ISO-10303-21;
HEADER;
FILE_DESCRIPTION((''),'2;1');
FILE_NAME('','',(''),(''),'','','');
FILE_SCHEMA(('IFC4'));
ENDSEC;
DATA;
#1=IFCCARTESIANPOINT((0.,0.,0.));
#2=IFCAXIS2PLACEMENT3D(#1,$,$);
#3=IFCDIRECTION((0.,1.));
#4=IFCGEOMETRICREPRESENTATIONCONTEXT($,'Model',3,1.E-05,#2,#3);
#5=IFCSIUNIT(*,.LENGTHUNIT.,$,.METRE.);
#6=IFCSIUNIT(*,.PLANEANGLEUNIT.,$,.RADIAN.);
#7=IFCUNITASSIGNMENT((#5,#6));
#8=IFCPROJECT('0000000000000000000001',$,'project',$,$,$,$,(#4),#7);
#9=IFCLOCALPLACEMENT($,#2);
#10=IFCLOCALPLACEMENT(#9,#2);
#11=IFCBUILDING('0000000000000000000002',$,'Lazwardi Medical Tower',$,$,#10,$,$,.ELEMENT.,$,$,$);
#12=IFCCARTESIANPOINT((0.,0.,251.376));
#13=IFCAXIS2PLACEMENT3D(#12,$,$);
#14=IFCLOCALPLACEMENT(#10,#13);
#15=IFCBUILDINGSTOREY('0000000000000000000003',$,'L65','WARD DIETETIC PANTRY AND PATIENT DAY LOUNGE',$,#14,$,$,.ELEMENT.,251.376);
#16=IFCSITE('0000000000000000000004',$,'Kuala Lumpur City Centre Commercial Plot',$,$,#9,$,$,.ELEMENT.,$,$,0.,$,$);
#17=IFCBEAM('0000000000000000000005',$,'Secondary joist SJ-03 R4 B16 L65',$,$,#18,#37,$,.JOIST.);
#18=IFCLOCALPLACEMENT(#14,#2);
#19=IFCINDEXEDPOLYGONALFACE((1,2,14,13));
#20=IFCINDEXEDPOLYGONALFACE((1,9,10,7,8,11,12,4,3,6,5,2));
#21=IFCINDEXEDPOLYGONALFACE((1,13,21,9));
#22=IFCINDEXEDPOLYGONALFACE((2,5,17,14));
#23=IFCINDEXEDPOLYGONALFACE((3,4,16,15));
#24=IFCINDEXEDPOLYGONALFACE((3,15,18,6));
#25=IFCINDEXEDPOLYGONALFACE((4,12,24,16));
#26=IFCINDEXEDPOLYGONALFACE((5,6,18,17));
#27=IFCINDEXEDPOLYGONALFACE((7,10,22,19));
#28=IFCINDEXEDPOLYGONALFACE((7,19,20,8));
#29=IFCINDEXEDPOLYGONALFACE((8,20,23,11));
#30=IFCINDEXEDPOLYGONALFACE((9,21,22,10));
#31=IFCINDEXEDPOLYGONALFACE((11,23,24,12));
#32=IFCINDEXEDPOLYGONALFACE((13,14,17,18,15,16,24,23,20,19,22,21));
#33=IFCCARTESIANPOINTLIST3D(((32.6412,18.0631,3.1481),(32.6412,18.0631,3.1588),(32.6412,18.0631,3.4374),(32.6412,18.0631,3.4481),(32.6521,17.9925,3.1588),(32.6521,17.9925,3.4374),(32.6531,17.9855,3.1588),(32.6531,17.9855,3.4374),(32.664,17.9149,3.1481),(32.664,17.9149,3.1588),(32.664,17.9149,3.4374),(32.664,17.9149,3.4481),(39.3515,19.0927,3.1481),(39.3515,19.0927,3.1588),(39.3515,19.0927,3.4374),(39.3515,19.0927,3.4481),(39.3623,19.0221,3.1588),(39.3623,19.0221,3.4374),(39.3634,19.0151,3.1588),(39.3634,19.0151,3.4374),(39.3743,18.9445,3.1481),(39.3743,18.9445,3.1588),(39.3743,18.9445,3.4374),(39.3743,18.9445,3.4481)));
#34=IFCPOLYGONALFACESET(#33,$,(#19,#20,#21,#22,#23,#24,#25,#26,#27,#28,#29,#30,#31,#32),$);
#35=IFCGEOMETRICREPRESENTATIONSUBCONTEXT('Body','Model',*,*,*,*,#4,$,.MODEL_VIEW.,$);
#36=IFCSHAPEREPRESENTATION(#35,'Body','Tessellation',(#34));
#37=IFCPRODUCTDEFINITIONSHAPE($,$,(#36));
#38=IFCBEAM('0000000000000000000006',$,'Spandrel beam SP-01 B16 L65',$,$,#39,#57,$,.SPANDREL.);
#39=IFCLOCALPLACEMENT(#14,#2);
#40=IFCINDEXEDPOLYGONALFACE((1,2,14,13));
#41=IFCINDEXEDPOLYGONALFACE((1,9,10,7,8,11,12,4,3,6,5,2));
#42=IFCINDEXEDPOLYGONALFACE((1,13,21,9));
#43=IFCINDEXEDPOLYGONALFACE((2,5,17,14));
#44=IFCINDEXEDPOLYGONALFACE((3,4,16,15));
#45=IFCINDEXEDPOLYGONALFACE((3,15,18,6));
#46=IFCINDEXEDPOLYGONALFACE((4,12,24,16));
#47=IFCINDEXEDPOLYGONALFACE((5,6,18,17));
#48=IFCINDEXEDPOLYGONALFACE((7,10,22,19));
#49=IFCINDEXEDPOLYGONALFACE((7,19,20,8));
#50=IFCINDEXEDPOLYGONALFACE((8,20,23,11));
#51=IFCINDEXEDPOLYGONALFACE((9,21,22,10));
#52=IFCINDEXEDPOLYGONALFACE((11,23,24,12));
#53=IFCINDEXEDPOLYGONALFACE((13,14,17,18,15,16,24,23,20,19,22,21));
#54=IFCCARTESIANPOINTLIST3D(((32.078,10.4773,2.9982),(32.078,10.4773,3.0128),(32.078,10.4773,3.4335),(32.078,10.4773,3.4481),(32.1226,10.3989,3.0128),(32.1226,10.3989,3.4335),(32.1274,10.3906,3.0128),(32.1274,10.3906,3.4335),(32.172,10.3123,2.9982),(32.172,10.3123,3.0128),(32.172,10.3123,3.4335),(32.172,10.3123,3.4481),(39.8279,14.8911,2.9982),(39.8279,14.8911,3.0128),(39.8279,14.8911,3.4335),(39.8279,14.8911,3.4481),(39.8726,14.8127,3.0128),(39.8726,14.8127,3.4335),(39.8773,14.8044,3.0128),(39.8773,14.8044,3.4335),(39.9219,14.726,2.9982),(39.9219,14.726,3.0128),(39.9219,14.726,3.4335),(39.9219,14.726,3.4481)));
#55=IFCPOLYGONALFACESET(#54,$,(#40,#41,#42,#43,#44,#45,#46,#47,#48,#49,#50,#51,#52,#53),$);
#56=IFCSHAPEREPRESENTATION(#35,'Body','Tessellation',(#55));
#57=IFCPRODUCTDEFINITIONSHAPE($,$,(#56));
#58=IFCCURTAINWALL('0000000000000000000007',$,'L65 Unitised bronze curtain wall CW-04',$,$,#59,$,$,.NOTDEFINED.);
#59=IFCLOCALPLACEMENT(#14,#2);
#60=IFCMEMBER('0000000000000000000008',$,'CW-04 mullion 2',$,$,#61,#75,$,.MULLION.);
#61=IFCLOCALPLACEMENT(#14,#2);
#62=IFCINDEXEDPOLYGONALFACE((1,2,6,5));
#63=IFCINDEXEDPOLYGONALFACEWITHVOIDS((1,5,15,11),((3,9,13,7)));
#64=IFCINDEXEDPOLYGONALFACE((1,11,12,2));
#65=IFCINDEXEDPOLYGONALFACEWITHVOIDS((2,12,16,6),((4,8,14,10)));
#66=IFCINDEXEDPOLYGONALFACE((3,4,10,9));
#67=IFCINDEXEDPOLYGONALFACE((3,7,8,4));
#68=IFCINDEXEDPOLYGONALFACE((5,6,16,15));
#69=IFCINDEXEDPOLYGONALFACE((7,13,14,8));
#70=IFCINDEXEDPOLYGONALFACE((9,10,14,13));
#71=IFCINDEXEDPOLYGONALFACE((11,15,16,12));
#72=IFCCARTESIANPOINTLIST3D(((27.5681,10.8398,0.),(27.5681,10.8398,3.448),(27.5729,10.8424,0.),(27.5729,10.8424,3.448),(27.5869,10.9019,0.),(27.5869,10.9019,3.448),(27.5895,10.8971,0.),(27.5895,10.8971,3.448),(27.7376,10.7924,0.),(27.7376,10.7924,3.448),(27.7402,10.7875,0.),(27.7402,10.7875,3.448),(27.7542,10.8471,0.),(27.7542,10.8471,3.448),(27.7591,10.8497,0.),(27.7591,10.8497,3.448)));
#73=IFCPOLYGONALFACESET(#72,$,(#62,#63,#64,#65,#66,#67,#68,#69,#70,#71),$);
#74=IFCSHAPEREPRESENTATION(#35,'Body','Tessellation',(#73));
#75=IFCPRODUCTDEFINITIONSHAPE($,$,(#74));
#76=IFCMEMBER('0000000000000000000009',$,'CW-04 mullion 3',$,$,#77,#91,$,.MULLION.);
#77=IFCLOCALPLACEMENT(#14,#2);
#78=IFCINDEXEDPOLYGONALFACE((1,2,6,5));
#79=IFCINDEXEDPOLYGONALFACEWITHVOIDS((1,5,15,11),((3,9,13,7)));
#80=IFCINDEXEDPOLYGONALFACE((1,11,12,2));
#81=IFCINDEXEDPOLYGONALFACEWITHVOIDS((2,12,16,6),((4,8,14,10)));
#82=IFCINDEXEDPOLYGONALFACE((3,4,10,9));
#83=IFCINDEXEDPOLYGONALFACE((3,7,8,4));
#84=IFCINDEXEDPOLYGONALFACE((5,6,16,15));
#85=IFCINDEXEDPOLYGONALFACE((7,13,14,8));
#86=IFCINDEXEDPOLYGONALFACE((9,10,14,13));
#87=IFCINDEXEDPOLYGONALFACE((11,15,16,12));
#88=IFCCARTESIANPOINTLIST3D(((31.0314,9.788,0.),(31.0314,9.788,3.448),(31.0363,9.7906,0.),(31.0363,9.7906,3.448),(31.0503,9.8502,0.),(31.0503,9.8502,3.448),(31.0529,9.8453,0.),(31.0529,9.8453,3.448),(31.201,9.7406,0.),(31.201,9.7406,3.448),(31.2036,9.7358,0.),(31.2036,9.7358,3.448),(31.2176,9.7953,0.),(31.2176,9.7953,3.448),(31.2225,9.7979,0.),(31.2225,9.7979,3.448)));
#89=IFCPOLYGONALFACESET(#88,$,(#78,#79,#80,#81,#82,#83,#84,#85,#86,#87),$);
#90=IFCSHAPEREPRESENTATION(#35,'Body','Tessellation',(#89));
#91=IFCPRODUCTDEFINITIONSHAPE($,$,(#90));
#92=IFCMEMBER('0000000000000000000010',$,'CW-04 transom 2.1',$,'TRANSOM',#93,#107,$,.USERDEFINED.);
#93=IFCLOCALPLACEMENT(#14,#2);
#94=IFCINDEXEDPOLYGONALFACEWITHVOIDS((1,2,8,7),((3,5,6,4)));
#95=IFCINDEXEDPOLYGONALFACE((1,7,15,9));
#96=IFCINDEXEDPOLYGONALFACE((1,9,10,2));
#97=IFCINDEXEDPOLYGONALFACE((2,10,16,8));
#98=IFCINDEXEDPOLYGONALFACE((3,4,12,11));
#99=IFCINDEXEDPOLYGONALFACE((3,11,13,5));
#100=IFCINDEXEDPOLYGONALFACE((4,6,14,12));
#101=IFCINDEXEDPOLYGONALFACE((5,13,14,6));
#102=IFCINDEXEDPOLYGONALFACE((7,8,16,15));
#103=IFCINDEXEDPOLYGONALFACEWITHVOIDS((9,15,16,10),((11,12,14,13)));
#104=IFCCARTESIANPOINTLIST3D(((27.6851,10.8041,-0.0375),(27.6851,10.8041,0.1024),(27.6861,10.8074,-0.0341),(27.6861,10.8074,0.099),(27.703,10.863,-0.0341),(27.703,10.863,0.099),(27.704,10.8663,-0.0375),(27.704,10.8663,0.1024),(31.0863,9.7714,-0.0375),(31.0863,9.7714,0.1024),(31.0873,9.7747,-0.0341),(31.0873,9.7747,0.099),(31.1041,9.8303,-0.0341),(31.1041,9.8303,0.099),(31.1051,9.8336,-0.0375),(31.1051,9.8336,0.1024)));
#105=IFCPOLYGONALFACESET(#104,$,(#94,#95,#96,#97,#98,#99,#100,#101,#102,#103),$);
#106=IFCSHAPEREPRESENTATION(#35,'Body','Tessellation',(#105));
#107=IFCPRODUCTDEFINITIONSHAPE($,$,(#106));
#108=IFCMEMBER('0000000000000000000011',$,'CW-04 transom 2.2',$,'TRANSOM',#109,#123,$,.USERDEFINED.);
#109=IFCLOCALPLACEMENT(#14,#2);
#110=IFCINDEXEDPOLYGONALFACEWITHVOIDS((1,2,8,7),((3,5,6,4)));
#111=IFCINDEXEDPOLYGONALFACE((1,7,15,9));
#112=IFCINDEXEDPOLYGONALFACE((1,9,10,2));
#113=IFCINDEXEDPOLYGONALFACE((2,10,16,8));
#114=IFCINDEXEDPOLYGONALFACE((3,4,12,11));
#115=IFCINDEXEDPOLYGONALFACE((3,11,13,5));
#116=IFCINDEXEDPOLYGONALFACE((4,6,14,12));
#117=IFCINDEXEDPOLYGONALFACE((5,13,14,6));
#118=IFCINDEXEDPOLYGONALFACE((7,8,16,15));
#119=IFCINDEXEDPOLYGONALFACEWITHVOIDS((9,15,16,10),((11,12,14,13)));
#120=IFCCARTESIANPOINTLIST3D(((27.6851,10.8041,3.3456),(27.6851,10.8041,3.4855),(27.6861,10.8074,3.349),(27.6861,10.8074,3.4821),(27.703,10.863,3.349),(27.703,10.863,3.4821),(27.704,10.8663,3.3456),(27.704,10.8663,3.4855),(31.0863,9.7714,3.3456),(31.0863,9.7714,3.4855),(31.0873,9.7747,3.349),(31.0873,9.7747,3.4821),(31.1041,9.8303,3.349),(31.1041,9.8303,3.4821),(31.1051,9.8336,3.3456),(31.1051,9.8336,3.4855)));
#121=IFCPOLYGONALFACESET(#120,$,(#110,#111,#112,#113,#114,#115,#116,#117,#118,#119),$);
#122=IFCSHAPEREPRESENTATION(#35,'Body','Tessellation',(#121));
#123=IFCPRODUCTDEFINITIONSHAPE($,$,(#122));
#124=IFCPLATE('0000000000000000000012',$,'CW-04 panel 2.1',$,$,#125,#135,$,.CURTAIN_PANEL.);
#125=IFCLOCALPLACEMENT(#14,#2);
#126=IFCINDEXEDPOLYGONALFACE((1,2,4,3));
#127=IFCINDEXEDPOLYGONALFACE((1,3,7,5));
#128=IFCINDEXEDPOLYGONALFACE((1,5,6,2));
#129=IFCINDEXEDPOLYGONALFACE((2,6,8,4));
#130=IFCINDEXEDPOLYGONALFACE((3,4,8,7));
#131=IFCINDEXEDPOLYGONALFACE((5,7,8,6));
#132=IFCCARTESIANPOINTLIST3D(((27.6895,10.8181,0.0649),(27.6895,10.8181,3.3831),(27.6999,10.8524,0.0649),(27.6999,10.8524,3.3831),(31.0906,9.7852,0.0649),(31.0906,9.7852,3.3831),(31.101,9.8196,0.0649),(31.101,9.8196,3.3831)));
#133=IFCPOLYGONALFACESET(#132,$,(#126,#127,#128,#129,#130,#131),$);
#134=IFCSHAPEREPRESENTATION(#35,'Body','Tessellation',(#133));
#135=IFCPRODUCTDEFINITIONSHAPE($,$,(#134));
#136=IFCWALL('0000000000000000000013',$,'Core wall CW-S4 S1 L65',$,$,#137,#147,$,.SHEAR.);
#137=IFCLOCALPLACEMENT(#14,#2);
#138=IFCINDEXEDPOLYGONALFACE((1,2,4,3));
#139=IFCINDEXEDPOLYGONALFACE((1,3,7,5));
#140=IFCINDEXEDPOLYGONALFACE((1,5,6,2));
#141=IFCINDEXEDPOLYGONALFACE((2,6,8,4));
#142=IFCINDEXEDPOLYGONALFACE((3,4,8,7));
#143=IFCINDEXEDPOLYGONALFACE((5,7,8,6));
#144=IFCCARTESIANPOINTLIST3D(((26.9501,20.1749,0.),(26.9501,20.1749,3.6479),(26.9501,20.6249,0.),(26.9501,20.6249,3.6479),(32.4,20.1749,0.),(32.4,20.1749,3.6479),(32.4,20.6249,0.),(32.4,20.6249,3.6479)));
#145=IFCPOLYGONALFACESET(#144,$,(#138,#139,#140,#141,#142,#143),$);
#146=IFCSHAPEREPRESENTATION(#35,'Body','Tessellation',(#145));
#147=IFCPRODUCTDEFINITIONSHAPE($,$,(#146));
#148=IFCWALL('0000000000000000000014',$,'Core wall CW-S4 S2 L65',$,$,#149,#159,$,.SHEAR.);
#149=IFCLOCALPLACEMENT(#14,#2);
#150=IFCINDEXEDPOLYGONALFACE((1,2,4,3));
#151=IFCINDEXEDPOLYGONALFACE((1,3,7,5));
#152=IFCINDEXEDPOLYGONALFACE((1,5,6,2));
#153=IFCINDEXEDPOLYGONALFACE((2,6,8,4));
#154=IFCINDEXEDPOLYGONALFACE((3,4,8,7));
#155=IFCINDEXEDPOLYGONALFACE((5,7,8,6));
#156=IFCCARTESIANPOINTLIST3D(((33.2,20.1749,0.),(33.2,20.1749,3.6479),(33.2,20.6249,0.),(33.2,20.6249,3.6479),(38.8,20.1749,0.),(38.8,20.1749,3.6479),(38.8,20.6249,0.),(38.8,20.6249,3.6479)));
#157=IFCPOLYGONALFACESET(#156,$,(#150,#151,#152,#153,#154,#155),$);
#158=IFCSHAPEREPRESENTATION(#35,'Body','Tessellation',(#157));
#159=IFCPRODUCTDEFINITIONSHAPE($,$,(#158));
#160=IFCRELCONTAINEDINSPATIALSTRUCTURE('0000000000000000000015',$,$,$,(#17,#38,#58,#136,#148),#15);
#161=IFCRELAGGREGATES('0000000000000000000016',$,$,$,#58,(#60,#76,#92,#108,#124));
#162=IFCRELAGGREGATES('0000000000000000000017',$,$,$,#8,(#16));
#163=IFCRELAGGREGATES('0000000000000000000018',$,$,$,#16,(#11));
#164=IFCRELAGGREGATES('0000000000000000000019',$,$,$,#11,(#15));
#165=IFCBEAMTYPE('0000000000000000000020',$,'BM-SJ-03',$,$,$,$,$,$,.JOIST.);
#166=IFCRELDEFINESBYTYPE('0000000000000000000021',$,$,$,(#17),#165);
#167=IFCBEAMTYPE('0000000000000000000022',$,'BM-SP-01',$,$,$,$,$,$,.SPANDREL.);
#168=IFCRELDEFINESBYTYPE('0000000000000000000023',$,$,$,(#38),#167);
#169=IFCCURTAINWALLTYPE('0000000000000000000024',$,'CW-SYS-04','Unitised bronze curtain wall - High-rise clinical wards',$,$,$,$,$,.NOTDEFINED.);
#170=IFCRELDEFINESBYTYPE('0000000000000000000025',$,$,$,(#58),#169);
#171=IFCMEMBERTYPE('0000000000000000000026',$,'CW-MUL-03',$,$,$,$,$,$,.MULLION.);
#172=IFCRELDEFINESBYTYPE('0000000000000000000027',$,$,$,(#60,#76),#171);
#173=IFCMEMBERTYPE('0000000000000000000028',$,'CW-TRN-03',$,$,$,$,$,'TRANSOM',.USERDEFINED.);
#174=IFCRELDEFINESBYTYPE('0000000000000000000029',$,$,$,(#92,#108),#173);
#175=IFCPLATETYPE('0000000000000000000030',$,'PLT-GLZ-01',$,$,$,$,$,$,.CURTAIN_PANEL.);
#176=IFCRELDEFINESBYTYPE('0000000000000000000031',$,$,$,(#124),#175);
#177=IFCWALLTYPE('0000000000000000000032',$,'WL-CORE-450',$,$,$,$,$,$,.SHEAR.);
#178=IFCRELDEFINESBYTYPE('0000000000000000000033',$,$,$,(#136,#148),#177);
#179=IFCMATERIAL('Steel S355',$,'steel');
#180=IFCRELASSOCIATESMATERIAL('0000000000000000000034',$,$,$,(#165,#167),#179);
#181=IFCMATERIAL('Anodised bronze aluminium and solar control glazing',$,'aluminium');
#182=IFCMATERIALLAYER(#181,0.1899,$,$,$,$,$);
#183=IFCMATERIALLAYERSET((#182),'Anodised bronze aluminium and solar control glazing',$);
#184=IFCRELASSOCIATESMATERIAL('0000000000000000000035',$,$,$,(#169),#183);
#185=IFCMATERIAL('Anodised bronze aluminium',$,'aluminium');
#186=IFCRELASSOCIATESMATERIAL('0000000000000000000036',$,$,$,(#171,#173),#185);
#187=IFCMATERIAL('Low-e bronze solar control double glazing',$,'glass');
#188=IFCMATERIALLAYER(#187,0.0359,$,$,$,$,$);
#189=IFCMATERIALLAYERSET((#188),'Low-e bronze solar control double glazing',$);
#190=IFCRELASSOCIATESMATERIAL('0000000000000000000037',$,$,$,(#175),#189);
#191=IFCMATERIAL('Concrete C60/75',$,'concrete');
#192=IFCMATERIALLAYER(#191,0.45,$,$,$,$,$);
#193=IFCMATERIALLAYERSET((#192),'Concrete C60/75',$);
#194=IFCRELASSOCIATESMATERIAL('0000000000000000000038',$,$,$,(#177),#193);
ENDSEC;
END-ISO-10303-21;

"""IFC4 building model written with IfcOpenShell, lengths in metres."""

from ifc_helpers import new_model, si_unit, direction, frame, frame_2d, origin, origin_2d, place, context, subcontext, project, spatial, rectangle, hollow_rectangle, i_section, extrude, material, layer, layer_set, material_profile, profile_set, type_object, element, aggregate, save


model = new_model("IFC4")

# Units and contexts
model_context = context("Model", 3, precision=1e-05, world=origin(), true_north=direction((0.0, 1.0)))
body_context = subcontext(model_context, "Body", "Model", "MODEL_VIEW")
ifc_project = project(units=[si_unit("LENGTHUNIT", "METRE"), si_unit("PLANEANGLEUNIT", "RADIAN")], contexts=[model_context])

# Site, building, storey
site_placement = place(None, origin())
site = spatial("IfcSite", under=ifc_project, at=site_placement, Name="Kuala Lumpur City Centre Commercial Plot", CompositionType="ELEMENT", RefElevation=0.0)
building_placement = place(site_placement, origin())
building = spatial("IfcBuilding", under=site, at=building_placement, Name="Lazwardi Medical Tower", CompositionType="ELEMENT")
storey_placement = place(building_placement, frame((0.0, 0.0, 251.376)))
storey = spatial("IfcBuildingStorey", under=building, at=storey_placement, Name="L65", Description="WARD DIETETIC PANTRY AND PATIENT DAY LOUNGE", CompositionType="ELEMENT", Elevation=251.376)

# Shared definitions
ifc_material_1 = material(Name="Concrete C60/75", Category="concrete")

# Beams
ifc_material_2 = material(Name="Steel S355", Category="steel")
ifc_material_profile_1 = material_profile(ifc_material_2, i_section(OverallWidth=0.1499, OverallDepth=0.3, WebThickness=0.0071, FlangeThickness=0.0107, at=origin_2d()), Name="IPE 300")
ifc_profile_set_1 = profile_set([ifc_material_profile_1], Name="Steel S355")
beam_type_1 = type_object("IfcBeamType", Name="BM-SJ-03", PredefinedType="JOIST", material=ifc_profile_set_1)
beam_1_placement = place(storey_placement, frame((32.6526, 17.989, 3.2981), z_axis=(0.988434, 0.151655, 0.0), x_axis=(-0.151655, 0.988434, 0.0)))
element("IfcBeam", 1, at=beam_1_placement, inside=storey, type_object=beam_type_1, Name="Secondary joist SJ-03 R4 B16 L65", PredefinedType="JOIST", context=body_context, shape_type="SweptSolid", body=[
    extrude(i_section(OverallWidth=0.1499, OverallDepth=0.3, WebThickness=0.0071, FlangeThickness=0.0107, at=origin_2d()), origin(), (0.0, 0.0, 1.0), 6.7888),
])
ifc_material_profile_2 = material_profile(ifc_material_2, i_section(OverallWidth=0.1899, OverallDepth=0.45, WebThickness=0.0095, FlangeThickness=0.0146, at=origin_2d()), Name="IPE 450")
ifc_profile_set_2 = profile_set([ifc_material_profile_2], Name="Steel S355")
beam_type_2 = type_object("IfcBeamType", Name="BM-SP-01", PredefinedType="SPANDREL", material=ifc_profile_set_2)
beam_2_placement = place(storey_placement, frame((32.125, 10.3948, 3.2231), z_axis=(0.868955, 0.494891, 0.0), x_axis=(-0.494891, 0.868955, 0.0)))
element("IfcBeam", 2, at=beam_2_placement, inside=storey, type_object=beam_type_2, Name="Spandrel beam SP-01 B16 L65", PredefinedType="SPANDREL", context=body_context, shape_type="SweptSolid", body=[
    extrude(i_section(OverallWidth=0.1899, OverallDepth=0.45, WebThickness=0.0095, FlangeThickness=0.0146, at=origin_2d()), origin(), (0.0, 0.0, 1.0), 8.9187),
])

# Curtain wall, members, plate
ifc_material_3 = material(Name="Anodised bronze aluminium and solar control glazing", Category="aluminium")
ifc_layer_1 = layer(ifc_material_3, 0.1899)
ifc_layer_set_1 = layer_set([ifc_layer_1], Name="Anodised bronze aluminium and solar control glazing")
curtain_wall_type = type_object("IfcCurtainWallType", Name="CW-SYS-04", Description="Unitised bronze curtain wall - High-rise clinical wards", PredefinedType="NOTDEFINED", material=ifc_layer_set_1)
curtain_wall_placement = place(storey_placement, origin())
curtain_wall = element("IfcCurtainWall", 3, at=curtain_wall_placement, inside=storey, type_object=curtain_wall_type, Name="L65 Unitised bronze curtain wall CW-04", PredefinedType="NOTDEFINED")
ifc_material_4 = material(Name="Anodised bronze aluminium", Category="aluminium")
ifc_material_profile_3 = material_profile(ifc_material_4, hollow_rectangle(XDim=0.0649, YDim=0.1799, WallThickness=0.0039, at=origin_2d()), Name="ALU-MULLION 180x65x4")
ifc_profile_set_3 = profile_set([ifc_material_profile_3], Name="Anodised bronze aluminium")
member_type_1 = type_object("IfcMemberType", Name="CW-MUL-03", PredefinedType="MULLION", material=ifc_profile_set_3)
member_1_placement = place(storey_placement, frame((27.6636, 10.8447, 0.0), z_axis=(0.0, 0.0, 1.0), x_axis=(0.290582, 0.95685, 0.0)))
member_1 = element("IfcMember", 4, at=member_1_placement, type_object=member_type_1, Name="CW-04 mullion 2", PredefinedType="MULLION", context=body_context, shape_type="SweptSolid", body=[
    extrude(hollow_rectangle(XDim=0.0649, YDim=0.1799, WallThickness=0.0039, at=origin_2d()), origin(), (0.0, 0.0, 1.0), 3.448),
])
member_2_placement = place(storey_placement, frame((31.127, 9.793, 0.0), z_axis=(0.0, 0.0, 1.0), x_axis=(0.290582, 0.95685, 0.0)))
member_2 = element("IfcMember", 5, at=member_2_placement, type_object=member_type_1, Name="CW-04 mullion 3", PredefinedType="MULLION", context=body_context, shape_type="SweptSolid", body=[
    extrude(hollow_rectangle(XDim=0.0649, YDim=0.1799, WallThickness=0.0039, at=origin_2d()), origin(), (0.0, 0.0, 1.0), 3.448),
])
ifc_material_profile_4 = material_profile(ifc_material_4, hollow_rectangle(XDim=0.0649, YDim=0.1399, WallThickness=0.0034, at=origin_2d()), Name="ALU-TRANSOM 140x65x3.5")
ifc_profile_set_4 = profile_set([ifc_material_profile_4], Name="Anodised bronze aluminium")
member_type_2 = type_object("IfcMemberType", Name="CW-TRN-03", ElementType="TRANSOM", PredefinedType="USERDEFINED", material=ifc_profile_set_4)
member_3_placement = place(storey_placement, frame((27.6946, 10.8352, 0.0325), z_axis=(0.956863, -0.290541, 0.0), x_axis=(0.290541, 0.956863, 0.0)))
member_3 = element("IfcMember", 6, at=member_3_placement, type_object=member_type_2, Name="CW-04 transom 2.1", ObjectType="TRANSOM", PredefinedType="USERDEFINED", context=body_context, shape_type="SweptSolid", body=[
    extrude(hollow_rectangle(XDim=0.0649, YDim=0.1399, WallThickness=0.0034, at=origin_2d()), origin(), (0.0, 0.0, 1.0), 3.5544),
])
member_4_placement = place(storey_placement, frame((27.6946, 10.8352, 3.4155), z_axis=(0.956863, -0.290541, 0.0), x_axis=(0.290541, 0.956863, 0.0)))
member_4 = element("IfcMember", 7, at=member_4_placement, type_object=member_type_2, Name="CW-04 transom 2.2", ObjectType="TRANSOM", PredefinedType="USERDEFINED", context=body_context, shape_type="SweptSolid", body=[
    extrude(hollow_rectangle(XDim=0.0649, YDim=0.1399, WallThickness=0.0034, at=origin_2d()), origin(), (0.0, 0.0, 1.0), 3.5544),
])
ifc_material_5 = material(Name="Low-e bronze solar control double glazing", Category="glass")
ifc_layer_2 = layer(ifc_material_5, 0.0359)
ifc_layer_set_2 = layer_set([ifc_layer_2], Name="Low-e bronze solar control double glazing")
plate_type = type_object("IfcPlateType", Name="PLT-GLZ-01", PredefinedType="CURTAIN_PANEL", material=ifc_layer_set_2)
plate_placement = place(storey_placement, frame((29.3953, 10.3188, 0.0649), z_axis=(0.0, 0.0, 1.0), x_axis=(0.95685, -0.290582, 0.0)))
plate = element("IfcPlate", 8, at=plate_placement, type_object=plate_type, Name="CW-04 panel 2.1", PredefinedType="CURTAIN_PANEL", context=body_context, shape_type="SweptSolid", body=[
    extrude(rectangle(XDim=3.5544, YDim=0.0359, at=origin_2d()), origin(), (0.0, 0.0, 1.0), 3.3181),
])
aggregate(curtain_wall, [member_1, member_2, member_3, member_4, plate])

# Walls
ifc_layer_3 = layer(ifc_material_1, 0.45)
ifc_layer_set_3 = layer_set([ifc_layer_3], Name="Concrete C60/75")
wall_type_1 = type_object("IfcWallType", Name="WL-CORE-450", PredefinedType="SHEAR", material=ifc_layer_set_3)
wall_1_placement = place(storey_placement, frame((26.95, 20.3999, 0.0), z_axis=(0.0, 0.0, 1.0), x_axis=(1.0, 0.0, 0.0)))
element("IfcWall", 9, at=wall_1_placement, inside=storey, type_object=wall_type_1, Name="Core wall CW-S4 S1 L65", PredefinedType="SHEAR", context=body_context, shape_type="SweptSolid", body=[
    extrude(rectangle(XDim=5.45, YDim=0.45, at=frame_2d((2.7251, 0.0))), origin(), (0.0, 0.0, 1.0), 3.6479),
])
wall_2_placement = place(storey_placement, frame((33.2, 20.3999, 0.0), z_axis=(0.0, 0.0, 1.0), x_axis=(1.0, 0.0, 0.0)))
element("IfcWall", 10, at=wall_2_placement, inside=storey, type_object=wall_type_1, Name="Core wall CW-S4 S2 L65", PredefinedType="SHEAR", context=body_context, shape_type="SweptSolid", body=[
    extrude(rectangle(XDim=5.6001, YDim=0.45, at=frame_2d((2.8, 0.0))), origin(), (0.0, 0.0, 1.0), 3.6479),
])

save(model, "model.ifc")
